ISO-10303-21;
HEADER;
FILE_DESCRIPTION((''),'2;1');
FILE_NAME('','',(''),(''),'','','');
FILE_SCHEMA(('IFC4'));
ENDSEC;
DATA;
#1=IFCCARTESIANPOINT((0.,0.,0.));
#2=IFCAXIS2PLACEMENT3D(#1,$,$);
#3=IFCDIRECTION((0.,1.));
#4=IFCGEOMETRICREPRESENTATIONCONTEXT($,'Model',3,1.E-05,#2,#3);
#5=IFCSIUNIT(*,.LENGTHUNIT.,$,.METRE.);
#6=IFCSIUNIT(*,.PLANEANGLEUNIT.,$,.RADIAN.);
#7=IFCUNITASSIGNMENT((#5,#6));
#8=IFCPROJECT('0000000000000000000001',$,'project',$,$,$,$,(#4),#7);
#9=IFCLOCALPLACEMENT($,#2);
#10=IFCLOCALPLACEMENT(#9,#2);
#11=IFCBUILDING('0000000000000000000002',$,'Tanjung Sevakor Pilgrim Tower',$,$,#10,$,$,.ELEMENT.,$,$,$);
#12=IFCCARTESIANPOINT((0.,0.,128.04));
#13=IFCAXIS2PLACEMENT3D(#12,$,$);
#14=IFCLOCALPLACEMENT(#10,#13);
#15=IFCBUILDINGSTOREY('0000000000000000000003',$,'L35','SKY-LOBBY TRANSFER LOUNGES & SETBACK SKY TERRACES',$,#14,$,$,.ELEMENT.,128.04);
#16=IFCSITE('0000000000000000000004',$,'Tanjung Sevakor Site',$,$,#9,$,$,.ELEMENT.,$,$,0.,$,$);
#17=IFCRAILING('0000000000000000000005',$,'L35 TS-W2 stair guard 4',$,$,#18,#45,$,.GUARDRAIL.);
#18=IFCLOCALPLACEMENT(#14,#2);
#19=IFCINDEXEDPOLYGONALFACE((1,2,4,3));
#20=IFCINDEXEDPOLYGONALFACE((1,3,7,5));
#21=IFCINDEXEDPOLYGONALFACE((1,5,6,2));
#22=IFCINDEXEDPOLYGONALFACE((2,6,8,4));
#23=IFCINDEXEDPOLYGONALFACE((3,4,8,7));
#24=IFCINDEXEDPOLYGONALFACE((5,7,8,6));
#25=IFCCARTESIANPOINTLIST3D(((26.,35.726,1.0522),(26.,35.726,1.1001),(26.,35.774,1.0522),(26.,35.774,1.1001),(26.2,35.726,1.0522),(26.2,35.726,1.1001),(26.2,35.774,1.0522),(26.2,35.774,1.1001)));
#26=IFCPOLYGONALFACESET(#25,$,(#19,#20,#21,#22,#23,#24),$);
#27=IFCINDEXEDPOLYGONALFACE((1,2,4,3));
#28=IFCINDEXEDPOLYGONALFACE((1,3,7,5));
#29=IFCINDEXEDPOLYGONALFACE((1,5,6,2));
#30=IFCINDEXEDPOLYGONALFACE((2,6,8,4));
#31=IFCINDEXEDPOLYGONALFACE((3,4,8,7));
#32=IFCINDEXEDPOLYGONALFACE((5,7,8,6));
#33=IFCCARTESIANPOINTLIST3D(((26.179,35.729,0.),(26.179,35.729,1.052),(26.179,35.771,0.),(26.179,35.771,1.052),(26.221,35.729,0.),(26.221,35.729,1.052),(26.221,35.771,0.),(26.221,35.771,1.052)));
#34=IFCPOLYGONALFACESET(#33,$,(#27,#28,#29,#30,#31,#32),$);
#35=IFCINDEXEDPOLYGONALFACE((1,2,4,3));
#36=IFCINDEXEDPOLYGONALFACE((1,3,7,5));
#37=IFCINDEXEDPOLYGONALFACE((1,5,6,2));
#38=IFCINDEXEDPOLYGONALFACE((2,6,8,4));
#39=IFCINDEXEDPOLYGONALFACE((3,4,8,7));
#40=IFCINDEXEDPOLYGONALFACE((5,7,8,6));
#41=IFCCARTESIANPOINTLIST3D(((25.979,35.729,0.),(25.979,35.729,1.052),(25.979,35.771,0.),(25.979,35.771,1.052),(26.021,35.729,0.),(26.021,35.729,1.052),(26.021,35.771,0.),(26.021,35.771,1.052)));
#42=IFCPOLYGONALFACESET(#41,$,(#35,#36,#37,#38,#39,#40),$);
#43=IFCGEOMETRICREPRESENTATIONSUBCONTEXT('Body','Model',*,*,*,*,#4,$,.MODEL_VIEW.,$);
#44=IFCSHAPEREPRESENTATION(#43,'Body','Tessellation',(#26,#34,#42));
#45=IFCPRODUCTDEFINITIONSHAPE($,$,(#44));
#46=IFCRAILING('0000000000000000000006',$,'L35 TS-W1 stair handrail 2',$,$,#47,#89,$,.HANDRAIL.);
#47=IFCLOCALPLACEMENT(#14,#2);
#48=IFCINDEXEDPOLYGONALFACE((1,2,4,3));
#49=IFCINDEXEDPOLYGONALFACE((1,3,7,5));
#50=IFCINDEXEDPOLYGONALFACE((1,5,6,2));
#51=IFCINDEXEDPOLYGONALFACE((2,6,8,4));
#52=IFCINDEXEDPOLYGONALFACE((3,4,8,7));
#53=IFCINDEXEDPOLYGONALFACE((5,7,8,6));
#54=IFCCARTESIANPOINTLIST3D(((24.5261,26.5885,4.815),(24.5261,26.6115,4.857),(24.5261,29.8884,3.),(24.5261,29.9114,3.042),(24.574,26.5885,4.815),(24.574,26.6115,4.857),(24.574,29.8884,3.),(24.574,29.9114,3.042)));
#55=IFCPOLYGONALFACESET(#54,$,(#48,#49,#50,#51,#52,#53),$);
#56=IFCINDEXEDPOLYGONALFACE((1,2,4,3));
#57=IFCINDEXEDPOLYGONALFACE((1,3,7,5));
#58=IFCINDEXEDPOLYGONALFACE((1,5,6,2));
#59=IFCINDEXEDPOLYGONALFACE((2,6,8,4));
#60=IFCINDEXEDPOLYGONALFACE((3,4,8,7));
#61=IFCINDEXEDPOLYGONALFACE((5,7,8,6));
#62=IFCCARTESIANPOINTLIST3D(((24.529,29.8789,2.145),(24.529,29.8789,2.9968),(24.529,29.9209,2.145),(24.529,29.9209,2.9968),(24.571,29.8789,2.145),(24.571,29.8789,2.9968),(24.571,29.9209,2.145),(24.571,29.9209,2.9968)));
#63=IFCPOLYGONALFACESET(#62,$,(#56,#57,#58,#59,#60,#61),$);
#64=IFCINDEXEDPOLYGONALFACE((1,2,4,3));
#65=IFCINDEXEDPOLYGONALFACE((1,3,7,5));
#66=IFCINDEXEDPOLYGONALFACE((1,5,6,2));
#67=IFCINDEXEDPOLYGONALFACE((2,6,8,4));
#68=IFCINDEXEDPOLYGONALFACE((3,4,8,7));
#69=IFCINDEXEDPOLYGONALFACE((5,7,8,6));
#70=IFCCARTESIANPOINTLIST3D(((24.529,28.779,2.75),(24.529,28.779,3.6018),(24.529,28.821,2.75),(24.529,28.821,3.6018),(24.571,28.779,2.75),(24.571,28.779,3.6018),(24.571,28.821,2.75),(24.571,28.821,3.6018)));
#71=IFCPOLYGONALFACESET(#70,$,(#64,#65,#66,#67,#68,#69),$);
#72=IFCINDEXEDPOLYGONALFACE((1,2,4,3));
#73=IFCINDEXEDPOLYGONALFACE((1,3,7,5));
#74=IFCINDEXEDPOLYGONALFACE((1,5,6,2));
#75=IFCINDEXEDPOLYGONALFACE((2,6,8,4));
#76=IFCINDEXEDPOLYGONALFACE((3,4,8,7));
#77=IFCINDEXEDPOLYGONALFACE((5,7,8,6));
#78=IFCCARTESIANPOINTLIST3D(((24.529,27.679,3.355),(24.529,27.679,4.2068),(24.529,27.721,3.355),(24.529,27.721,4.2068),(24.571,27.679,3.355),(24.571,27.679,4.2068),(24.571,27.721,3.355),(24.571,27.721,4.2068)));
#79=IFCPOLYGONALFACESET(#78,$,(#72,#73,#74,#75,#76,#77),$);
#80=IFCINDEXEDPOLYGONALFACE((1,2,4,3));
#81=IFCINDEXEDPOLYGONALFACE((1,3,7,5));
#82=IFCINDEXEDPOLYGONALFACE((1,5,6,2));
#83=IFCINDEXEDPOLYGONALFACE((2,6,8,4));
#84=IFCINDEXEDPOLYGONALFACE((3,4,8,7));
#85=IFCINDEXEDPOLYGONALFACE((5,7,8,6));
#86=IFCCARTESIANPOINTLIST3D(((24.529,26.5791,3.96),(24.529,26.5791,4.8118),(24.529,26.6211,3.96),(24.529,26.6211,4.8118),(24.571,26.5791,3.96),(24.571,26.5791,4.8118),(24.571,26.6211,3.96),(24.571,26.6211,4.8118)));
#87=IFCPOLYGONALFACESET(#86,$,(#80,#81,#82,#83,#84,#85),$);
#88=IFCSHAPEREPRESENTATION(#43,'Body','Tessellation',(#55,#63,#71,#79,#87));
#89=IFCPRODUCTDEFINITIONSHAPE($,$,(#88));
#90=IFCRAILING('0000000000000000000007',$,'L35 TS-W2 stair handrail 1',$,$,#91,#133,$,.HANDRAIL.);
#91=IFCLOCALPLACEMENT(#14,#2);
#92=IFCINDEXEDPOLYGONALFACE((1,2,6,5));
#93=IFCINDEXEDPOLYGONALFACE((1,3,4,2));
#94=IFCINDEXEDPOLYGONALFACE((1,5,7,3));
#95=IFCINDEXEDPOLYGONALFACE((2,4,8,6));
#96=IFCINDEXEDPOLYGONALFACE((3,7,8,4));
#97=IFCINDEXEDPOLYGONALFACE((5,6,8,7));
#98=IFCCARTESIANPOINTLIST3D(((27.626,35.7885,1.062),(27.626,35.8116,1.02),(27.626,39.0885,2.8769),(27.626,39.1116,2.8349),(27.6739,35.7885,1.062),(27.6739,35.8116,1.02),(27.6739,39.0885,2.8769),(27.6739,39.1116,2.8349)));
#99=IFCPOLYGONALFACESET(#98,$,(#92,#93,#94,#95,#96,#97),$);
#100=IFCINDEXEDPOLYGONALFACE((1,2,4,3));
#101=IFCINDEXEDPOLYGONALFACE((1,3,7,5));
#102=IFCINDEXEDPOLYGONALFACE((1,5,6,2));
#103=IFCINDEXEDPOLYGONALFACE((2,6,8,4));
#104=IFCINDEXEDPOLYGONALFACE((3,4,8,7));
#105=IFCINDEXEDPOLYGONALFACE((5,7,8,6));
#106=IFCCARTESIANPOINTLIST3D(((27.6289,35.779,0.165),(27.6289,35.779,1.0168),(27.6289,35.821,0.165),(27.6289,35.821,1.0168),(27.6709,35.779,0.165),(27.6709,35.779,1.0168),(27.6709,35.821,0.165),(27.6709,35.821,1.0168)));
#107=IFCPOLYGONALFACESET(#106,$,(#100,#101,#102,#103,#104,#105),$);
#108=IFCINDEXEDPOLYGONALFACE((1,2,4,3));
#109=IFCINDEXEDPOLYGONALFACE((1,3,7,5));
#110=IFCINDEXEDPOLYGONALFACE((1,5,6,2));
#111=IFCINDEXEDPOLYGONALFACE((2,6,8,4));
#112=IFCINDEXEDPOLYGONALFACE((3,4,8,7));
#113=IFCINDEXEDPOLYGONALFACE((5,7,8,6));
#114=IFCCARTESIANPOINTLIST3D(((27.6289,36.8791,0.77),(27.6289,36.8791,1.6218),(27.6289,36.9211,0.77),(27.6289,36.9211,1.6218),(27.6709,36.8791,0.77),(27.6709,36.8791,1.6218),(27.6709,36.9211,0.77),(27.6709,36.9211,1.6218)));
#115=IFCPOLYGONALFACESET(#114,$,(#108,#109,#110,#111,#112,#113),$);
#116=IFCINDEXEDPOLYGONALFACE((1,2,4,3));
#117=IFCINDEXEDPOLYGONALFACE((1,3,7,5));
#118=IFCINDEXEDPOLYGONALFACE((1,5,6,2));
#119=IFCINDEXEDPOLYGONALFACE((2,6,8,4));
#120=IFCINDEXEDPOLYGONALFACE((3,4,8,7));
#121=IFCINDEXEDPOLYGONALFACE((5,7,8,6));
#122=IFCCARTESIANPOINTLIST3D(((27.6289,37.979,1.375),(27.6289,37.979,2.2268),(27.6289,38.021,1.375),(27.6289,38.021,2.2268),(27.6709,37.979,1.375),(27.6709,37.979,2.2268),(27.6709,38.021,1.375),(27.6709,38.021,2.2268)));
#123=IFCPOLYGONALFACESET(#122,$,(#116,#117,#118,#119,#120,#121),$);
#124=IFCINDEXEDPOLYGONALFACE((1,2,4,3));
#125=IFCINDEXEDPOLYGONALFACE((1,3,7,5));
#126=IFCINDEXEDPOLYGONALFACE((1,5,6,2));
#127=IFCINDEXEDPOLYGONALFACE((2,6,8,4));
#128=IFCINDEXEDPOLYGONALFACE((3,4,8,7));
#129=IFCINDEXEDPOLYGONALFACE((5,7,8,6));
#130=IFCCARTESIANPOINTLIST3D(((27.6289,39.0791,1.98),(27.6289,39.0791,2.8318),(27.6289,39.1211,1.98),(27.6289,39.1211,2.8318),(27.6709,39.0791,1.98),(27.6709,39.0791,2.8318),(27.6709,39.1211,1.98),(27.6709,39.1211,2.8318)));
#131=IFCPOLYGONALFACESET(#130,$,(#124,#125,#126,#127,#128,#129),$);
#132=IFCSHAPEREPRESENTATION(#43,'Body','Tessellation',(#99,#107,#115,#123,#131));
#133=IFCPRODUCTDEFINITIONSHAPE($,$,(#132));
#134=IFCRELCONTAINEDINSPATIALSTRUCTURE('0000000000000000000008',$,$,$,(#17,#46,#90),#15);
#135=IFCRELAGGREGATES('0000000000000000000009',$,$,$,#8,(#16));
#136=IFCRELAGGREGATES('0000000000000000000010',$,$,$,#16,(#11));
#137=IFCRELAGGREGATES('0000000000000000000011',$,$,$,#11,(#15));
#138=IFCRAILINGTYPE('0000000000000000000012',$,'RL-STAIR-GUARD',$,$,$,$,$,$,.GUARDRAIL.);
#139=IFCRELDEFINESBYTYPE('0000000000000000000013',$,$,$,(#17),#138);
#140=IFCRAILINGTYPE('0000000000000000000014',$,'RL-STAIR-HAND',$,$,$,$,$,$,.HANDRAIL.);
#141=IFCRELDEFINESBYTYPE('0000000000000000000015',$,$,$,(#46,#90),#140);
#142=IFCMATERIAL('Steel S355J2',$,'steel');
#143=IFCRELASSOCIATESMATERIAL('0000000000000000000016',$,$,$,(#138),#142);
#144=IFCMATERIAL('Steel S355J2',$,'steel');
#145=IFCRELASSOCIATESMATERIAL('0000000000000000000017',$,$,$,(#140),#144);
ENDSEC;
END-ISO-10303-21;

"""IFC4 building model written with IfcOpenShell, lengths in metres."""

from ifc_helpers import new_model, si_unit, direction, frame, origin, place, context, subcontext, project, spatial, rectangle, extrude, material, type_object, element, save


model = new_model("IFC4")

# Units and contexts
model_context = context("Model", 3, precision=1e-05, world=origin(), true_north=direction((0.0, 1.0)))
body_context = subcontext(model_context, "Body", "Model", "MODEL_VIEW")
ifc_project = project(units=[si_unit("LENGTHUNIT", "METRE"), si_unit("PLANEANGLEUNIT", "RADIAN")], contexts=[model_context])

# Site, building, storey
site_placement = place(None, origin())
site = spatial("IfcSite", under=ifc_project, at=site_placement, Name="Tanjung Sevakor Site", CompositionType="ELEMENT", RefElevation=0.0)
building_placement = place(site_placement, origin())
building = spatial("IfcBuilding", under=site, at=building_placement, Name="Tanjung Sevakor Pilgrim Tower", CompositionType="ELEMENT")
storey_placement = place(building_placement, frame((0.0, 0.0, 128.04)))
storey = spatial("IfcBuildingStorey", under=building, at=storey_placement, Name="L35", Description="SKY-LOBBY TRANSFER LOUNGES & SETBACK SKY TERRACES", CompositionType="ELEMENT", Elevation=128.04)

# Railings
ifc_material_1 = material(Name="Steel S355J2", Category="steel")
railing_type_1 = type_object("IfcRailingType", Name="RL-STAIR-GUARD", PredefinedType="GUARDRAIL", material=ifc_material_1)
railing_1_placement = place(storey_placement, frame((26.2, 35.75, 0.0)))
element("IfcRailing", 1, at=railing_1_placement, inside=storey, type_object=railing_type_1, Name="L35 TS-W2 stair guard 4", PredefinedType="GUARDRAIL", context=body_context, shape_type="SweptSolid", body=[
    extrude(rectangle(XDim=0.0479, YDim=0.0479), frame((0.0, 0.0, 1.0762), z_axis=(-1.0, 0.0, 0.0), x_axis=(0.0, -1.0, 0.0)), (0.0, 0.0, 1.0), 0.2),
    extrude(rectangle(XDim=0.042, YDim=0.042), origin(), (0.0, 0.0, 1.0), 1.052),
    extrude(rectangle(XDim=0.042, YDim=0.042), frame((-0.2, 0.0, 0.0)), (0.0, 0.0, 1.0), 1.052),
])
ifc_material_2 = material(Name="Steel S355J2", Category="steel")
railing_type_2 = type_object("IfcRailingType", Name="RL-STAIR-HAND", PredefinedType="HANDRAIL", material=ifc_material_2)
railing_2_placement = place(storey_placement, frame((24.55, 29.8999, 2.145)))
element("IfcRailing", 2, at=railing_2_placement, inside=storey, type_object=railing_type_2, Name="L35 TS-W1 stair handrail 2", PredefinedType="HANDRAIL", context=body_context, shape_type="SweptSolid", body=[
    extrude(rectangle(XDim=0.0479, YDim=0.0479), frame((0.0, 0.0, 0.876), z_axis=(0.0, -0.87621, 0.481929), x_axis=(1.0, 0.0, 0.0)), (0.0, 0.0, 1.0), 3.7661),
    extrude(rectangle(XDim=0.042, YDim=0.042), origin(), (0.0, 0.0, 1.0), 0.8518),
    extrude(rectangle(XDim=0.042, YDim=0.042), frame((0.0, -1.0999, 0.605)), (0.0, 0.0, 1.0), 0.8518),
    extrude(rectangle(XDim=0.042, YDim=0.042), frame((0.0, -2.2, 1.21)), (0.0, 0.0, 1.0), 0.8518),
    extrude(rectangle(XDim=0.042, YDim=0.042), frame((0.0, -3.2998, 1.8149)), (0.0, 0.0, 1.0), 0.8518),
])
railing_3_placement = place(storey_placement, frame((27.6499, 35.8, 0.165)))
element("IfcRailing", 3, at=railing_3_placement, inside=storey, type_object=railing_type_2, Name="L35 TS-W2 stair handrail 1", PredefinedType="HANDRAIL", context=body_context, shape_type="SweptSolid", body=[
    extrude(rectangle(XDim=0.0479, YDim=0.0479), frame((0.0, 0.0, 0.876), z_axis=(0.0, 0.876225, 0.481901), x_axis=(-1.0, 0.0, 0.0)), (0.0, 0.0, 1.0), 3.7661),
    extrude(rectangle(XDim=0.042, YDim=0.042), origin(), (0.0, 0.0, 1.0), 0.8518),
    extrude(rectangle(XDim=0.042, YDim=0.042), frame((0.0, 1.1001, 0.605)), (0.0, 0.0, 1.0), 0.8518),
    extrude(rectangle(XDim=0.042, YDim=0.042), frame((0.0, 2.2, 1.21)), (0.0, 0.0, 1.0), 0.8518),
    extrude(rectangle(XDim=0.042, YDim=0.042), frame((0.0, 3.3, 1.8149)), (0.0, 0.0, 1.0), 0.8518),
])

save(model, "model.ifc")
